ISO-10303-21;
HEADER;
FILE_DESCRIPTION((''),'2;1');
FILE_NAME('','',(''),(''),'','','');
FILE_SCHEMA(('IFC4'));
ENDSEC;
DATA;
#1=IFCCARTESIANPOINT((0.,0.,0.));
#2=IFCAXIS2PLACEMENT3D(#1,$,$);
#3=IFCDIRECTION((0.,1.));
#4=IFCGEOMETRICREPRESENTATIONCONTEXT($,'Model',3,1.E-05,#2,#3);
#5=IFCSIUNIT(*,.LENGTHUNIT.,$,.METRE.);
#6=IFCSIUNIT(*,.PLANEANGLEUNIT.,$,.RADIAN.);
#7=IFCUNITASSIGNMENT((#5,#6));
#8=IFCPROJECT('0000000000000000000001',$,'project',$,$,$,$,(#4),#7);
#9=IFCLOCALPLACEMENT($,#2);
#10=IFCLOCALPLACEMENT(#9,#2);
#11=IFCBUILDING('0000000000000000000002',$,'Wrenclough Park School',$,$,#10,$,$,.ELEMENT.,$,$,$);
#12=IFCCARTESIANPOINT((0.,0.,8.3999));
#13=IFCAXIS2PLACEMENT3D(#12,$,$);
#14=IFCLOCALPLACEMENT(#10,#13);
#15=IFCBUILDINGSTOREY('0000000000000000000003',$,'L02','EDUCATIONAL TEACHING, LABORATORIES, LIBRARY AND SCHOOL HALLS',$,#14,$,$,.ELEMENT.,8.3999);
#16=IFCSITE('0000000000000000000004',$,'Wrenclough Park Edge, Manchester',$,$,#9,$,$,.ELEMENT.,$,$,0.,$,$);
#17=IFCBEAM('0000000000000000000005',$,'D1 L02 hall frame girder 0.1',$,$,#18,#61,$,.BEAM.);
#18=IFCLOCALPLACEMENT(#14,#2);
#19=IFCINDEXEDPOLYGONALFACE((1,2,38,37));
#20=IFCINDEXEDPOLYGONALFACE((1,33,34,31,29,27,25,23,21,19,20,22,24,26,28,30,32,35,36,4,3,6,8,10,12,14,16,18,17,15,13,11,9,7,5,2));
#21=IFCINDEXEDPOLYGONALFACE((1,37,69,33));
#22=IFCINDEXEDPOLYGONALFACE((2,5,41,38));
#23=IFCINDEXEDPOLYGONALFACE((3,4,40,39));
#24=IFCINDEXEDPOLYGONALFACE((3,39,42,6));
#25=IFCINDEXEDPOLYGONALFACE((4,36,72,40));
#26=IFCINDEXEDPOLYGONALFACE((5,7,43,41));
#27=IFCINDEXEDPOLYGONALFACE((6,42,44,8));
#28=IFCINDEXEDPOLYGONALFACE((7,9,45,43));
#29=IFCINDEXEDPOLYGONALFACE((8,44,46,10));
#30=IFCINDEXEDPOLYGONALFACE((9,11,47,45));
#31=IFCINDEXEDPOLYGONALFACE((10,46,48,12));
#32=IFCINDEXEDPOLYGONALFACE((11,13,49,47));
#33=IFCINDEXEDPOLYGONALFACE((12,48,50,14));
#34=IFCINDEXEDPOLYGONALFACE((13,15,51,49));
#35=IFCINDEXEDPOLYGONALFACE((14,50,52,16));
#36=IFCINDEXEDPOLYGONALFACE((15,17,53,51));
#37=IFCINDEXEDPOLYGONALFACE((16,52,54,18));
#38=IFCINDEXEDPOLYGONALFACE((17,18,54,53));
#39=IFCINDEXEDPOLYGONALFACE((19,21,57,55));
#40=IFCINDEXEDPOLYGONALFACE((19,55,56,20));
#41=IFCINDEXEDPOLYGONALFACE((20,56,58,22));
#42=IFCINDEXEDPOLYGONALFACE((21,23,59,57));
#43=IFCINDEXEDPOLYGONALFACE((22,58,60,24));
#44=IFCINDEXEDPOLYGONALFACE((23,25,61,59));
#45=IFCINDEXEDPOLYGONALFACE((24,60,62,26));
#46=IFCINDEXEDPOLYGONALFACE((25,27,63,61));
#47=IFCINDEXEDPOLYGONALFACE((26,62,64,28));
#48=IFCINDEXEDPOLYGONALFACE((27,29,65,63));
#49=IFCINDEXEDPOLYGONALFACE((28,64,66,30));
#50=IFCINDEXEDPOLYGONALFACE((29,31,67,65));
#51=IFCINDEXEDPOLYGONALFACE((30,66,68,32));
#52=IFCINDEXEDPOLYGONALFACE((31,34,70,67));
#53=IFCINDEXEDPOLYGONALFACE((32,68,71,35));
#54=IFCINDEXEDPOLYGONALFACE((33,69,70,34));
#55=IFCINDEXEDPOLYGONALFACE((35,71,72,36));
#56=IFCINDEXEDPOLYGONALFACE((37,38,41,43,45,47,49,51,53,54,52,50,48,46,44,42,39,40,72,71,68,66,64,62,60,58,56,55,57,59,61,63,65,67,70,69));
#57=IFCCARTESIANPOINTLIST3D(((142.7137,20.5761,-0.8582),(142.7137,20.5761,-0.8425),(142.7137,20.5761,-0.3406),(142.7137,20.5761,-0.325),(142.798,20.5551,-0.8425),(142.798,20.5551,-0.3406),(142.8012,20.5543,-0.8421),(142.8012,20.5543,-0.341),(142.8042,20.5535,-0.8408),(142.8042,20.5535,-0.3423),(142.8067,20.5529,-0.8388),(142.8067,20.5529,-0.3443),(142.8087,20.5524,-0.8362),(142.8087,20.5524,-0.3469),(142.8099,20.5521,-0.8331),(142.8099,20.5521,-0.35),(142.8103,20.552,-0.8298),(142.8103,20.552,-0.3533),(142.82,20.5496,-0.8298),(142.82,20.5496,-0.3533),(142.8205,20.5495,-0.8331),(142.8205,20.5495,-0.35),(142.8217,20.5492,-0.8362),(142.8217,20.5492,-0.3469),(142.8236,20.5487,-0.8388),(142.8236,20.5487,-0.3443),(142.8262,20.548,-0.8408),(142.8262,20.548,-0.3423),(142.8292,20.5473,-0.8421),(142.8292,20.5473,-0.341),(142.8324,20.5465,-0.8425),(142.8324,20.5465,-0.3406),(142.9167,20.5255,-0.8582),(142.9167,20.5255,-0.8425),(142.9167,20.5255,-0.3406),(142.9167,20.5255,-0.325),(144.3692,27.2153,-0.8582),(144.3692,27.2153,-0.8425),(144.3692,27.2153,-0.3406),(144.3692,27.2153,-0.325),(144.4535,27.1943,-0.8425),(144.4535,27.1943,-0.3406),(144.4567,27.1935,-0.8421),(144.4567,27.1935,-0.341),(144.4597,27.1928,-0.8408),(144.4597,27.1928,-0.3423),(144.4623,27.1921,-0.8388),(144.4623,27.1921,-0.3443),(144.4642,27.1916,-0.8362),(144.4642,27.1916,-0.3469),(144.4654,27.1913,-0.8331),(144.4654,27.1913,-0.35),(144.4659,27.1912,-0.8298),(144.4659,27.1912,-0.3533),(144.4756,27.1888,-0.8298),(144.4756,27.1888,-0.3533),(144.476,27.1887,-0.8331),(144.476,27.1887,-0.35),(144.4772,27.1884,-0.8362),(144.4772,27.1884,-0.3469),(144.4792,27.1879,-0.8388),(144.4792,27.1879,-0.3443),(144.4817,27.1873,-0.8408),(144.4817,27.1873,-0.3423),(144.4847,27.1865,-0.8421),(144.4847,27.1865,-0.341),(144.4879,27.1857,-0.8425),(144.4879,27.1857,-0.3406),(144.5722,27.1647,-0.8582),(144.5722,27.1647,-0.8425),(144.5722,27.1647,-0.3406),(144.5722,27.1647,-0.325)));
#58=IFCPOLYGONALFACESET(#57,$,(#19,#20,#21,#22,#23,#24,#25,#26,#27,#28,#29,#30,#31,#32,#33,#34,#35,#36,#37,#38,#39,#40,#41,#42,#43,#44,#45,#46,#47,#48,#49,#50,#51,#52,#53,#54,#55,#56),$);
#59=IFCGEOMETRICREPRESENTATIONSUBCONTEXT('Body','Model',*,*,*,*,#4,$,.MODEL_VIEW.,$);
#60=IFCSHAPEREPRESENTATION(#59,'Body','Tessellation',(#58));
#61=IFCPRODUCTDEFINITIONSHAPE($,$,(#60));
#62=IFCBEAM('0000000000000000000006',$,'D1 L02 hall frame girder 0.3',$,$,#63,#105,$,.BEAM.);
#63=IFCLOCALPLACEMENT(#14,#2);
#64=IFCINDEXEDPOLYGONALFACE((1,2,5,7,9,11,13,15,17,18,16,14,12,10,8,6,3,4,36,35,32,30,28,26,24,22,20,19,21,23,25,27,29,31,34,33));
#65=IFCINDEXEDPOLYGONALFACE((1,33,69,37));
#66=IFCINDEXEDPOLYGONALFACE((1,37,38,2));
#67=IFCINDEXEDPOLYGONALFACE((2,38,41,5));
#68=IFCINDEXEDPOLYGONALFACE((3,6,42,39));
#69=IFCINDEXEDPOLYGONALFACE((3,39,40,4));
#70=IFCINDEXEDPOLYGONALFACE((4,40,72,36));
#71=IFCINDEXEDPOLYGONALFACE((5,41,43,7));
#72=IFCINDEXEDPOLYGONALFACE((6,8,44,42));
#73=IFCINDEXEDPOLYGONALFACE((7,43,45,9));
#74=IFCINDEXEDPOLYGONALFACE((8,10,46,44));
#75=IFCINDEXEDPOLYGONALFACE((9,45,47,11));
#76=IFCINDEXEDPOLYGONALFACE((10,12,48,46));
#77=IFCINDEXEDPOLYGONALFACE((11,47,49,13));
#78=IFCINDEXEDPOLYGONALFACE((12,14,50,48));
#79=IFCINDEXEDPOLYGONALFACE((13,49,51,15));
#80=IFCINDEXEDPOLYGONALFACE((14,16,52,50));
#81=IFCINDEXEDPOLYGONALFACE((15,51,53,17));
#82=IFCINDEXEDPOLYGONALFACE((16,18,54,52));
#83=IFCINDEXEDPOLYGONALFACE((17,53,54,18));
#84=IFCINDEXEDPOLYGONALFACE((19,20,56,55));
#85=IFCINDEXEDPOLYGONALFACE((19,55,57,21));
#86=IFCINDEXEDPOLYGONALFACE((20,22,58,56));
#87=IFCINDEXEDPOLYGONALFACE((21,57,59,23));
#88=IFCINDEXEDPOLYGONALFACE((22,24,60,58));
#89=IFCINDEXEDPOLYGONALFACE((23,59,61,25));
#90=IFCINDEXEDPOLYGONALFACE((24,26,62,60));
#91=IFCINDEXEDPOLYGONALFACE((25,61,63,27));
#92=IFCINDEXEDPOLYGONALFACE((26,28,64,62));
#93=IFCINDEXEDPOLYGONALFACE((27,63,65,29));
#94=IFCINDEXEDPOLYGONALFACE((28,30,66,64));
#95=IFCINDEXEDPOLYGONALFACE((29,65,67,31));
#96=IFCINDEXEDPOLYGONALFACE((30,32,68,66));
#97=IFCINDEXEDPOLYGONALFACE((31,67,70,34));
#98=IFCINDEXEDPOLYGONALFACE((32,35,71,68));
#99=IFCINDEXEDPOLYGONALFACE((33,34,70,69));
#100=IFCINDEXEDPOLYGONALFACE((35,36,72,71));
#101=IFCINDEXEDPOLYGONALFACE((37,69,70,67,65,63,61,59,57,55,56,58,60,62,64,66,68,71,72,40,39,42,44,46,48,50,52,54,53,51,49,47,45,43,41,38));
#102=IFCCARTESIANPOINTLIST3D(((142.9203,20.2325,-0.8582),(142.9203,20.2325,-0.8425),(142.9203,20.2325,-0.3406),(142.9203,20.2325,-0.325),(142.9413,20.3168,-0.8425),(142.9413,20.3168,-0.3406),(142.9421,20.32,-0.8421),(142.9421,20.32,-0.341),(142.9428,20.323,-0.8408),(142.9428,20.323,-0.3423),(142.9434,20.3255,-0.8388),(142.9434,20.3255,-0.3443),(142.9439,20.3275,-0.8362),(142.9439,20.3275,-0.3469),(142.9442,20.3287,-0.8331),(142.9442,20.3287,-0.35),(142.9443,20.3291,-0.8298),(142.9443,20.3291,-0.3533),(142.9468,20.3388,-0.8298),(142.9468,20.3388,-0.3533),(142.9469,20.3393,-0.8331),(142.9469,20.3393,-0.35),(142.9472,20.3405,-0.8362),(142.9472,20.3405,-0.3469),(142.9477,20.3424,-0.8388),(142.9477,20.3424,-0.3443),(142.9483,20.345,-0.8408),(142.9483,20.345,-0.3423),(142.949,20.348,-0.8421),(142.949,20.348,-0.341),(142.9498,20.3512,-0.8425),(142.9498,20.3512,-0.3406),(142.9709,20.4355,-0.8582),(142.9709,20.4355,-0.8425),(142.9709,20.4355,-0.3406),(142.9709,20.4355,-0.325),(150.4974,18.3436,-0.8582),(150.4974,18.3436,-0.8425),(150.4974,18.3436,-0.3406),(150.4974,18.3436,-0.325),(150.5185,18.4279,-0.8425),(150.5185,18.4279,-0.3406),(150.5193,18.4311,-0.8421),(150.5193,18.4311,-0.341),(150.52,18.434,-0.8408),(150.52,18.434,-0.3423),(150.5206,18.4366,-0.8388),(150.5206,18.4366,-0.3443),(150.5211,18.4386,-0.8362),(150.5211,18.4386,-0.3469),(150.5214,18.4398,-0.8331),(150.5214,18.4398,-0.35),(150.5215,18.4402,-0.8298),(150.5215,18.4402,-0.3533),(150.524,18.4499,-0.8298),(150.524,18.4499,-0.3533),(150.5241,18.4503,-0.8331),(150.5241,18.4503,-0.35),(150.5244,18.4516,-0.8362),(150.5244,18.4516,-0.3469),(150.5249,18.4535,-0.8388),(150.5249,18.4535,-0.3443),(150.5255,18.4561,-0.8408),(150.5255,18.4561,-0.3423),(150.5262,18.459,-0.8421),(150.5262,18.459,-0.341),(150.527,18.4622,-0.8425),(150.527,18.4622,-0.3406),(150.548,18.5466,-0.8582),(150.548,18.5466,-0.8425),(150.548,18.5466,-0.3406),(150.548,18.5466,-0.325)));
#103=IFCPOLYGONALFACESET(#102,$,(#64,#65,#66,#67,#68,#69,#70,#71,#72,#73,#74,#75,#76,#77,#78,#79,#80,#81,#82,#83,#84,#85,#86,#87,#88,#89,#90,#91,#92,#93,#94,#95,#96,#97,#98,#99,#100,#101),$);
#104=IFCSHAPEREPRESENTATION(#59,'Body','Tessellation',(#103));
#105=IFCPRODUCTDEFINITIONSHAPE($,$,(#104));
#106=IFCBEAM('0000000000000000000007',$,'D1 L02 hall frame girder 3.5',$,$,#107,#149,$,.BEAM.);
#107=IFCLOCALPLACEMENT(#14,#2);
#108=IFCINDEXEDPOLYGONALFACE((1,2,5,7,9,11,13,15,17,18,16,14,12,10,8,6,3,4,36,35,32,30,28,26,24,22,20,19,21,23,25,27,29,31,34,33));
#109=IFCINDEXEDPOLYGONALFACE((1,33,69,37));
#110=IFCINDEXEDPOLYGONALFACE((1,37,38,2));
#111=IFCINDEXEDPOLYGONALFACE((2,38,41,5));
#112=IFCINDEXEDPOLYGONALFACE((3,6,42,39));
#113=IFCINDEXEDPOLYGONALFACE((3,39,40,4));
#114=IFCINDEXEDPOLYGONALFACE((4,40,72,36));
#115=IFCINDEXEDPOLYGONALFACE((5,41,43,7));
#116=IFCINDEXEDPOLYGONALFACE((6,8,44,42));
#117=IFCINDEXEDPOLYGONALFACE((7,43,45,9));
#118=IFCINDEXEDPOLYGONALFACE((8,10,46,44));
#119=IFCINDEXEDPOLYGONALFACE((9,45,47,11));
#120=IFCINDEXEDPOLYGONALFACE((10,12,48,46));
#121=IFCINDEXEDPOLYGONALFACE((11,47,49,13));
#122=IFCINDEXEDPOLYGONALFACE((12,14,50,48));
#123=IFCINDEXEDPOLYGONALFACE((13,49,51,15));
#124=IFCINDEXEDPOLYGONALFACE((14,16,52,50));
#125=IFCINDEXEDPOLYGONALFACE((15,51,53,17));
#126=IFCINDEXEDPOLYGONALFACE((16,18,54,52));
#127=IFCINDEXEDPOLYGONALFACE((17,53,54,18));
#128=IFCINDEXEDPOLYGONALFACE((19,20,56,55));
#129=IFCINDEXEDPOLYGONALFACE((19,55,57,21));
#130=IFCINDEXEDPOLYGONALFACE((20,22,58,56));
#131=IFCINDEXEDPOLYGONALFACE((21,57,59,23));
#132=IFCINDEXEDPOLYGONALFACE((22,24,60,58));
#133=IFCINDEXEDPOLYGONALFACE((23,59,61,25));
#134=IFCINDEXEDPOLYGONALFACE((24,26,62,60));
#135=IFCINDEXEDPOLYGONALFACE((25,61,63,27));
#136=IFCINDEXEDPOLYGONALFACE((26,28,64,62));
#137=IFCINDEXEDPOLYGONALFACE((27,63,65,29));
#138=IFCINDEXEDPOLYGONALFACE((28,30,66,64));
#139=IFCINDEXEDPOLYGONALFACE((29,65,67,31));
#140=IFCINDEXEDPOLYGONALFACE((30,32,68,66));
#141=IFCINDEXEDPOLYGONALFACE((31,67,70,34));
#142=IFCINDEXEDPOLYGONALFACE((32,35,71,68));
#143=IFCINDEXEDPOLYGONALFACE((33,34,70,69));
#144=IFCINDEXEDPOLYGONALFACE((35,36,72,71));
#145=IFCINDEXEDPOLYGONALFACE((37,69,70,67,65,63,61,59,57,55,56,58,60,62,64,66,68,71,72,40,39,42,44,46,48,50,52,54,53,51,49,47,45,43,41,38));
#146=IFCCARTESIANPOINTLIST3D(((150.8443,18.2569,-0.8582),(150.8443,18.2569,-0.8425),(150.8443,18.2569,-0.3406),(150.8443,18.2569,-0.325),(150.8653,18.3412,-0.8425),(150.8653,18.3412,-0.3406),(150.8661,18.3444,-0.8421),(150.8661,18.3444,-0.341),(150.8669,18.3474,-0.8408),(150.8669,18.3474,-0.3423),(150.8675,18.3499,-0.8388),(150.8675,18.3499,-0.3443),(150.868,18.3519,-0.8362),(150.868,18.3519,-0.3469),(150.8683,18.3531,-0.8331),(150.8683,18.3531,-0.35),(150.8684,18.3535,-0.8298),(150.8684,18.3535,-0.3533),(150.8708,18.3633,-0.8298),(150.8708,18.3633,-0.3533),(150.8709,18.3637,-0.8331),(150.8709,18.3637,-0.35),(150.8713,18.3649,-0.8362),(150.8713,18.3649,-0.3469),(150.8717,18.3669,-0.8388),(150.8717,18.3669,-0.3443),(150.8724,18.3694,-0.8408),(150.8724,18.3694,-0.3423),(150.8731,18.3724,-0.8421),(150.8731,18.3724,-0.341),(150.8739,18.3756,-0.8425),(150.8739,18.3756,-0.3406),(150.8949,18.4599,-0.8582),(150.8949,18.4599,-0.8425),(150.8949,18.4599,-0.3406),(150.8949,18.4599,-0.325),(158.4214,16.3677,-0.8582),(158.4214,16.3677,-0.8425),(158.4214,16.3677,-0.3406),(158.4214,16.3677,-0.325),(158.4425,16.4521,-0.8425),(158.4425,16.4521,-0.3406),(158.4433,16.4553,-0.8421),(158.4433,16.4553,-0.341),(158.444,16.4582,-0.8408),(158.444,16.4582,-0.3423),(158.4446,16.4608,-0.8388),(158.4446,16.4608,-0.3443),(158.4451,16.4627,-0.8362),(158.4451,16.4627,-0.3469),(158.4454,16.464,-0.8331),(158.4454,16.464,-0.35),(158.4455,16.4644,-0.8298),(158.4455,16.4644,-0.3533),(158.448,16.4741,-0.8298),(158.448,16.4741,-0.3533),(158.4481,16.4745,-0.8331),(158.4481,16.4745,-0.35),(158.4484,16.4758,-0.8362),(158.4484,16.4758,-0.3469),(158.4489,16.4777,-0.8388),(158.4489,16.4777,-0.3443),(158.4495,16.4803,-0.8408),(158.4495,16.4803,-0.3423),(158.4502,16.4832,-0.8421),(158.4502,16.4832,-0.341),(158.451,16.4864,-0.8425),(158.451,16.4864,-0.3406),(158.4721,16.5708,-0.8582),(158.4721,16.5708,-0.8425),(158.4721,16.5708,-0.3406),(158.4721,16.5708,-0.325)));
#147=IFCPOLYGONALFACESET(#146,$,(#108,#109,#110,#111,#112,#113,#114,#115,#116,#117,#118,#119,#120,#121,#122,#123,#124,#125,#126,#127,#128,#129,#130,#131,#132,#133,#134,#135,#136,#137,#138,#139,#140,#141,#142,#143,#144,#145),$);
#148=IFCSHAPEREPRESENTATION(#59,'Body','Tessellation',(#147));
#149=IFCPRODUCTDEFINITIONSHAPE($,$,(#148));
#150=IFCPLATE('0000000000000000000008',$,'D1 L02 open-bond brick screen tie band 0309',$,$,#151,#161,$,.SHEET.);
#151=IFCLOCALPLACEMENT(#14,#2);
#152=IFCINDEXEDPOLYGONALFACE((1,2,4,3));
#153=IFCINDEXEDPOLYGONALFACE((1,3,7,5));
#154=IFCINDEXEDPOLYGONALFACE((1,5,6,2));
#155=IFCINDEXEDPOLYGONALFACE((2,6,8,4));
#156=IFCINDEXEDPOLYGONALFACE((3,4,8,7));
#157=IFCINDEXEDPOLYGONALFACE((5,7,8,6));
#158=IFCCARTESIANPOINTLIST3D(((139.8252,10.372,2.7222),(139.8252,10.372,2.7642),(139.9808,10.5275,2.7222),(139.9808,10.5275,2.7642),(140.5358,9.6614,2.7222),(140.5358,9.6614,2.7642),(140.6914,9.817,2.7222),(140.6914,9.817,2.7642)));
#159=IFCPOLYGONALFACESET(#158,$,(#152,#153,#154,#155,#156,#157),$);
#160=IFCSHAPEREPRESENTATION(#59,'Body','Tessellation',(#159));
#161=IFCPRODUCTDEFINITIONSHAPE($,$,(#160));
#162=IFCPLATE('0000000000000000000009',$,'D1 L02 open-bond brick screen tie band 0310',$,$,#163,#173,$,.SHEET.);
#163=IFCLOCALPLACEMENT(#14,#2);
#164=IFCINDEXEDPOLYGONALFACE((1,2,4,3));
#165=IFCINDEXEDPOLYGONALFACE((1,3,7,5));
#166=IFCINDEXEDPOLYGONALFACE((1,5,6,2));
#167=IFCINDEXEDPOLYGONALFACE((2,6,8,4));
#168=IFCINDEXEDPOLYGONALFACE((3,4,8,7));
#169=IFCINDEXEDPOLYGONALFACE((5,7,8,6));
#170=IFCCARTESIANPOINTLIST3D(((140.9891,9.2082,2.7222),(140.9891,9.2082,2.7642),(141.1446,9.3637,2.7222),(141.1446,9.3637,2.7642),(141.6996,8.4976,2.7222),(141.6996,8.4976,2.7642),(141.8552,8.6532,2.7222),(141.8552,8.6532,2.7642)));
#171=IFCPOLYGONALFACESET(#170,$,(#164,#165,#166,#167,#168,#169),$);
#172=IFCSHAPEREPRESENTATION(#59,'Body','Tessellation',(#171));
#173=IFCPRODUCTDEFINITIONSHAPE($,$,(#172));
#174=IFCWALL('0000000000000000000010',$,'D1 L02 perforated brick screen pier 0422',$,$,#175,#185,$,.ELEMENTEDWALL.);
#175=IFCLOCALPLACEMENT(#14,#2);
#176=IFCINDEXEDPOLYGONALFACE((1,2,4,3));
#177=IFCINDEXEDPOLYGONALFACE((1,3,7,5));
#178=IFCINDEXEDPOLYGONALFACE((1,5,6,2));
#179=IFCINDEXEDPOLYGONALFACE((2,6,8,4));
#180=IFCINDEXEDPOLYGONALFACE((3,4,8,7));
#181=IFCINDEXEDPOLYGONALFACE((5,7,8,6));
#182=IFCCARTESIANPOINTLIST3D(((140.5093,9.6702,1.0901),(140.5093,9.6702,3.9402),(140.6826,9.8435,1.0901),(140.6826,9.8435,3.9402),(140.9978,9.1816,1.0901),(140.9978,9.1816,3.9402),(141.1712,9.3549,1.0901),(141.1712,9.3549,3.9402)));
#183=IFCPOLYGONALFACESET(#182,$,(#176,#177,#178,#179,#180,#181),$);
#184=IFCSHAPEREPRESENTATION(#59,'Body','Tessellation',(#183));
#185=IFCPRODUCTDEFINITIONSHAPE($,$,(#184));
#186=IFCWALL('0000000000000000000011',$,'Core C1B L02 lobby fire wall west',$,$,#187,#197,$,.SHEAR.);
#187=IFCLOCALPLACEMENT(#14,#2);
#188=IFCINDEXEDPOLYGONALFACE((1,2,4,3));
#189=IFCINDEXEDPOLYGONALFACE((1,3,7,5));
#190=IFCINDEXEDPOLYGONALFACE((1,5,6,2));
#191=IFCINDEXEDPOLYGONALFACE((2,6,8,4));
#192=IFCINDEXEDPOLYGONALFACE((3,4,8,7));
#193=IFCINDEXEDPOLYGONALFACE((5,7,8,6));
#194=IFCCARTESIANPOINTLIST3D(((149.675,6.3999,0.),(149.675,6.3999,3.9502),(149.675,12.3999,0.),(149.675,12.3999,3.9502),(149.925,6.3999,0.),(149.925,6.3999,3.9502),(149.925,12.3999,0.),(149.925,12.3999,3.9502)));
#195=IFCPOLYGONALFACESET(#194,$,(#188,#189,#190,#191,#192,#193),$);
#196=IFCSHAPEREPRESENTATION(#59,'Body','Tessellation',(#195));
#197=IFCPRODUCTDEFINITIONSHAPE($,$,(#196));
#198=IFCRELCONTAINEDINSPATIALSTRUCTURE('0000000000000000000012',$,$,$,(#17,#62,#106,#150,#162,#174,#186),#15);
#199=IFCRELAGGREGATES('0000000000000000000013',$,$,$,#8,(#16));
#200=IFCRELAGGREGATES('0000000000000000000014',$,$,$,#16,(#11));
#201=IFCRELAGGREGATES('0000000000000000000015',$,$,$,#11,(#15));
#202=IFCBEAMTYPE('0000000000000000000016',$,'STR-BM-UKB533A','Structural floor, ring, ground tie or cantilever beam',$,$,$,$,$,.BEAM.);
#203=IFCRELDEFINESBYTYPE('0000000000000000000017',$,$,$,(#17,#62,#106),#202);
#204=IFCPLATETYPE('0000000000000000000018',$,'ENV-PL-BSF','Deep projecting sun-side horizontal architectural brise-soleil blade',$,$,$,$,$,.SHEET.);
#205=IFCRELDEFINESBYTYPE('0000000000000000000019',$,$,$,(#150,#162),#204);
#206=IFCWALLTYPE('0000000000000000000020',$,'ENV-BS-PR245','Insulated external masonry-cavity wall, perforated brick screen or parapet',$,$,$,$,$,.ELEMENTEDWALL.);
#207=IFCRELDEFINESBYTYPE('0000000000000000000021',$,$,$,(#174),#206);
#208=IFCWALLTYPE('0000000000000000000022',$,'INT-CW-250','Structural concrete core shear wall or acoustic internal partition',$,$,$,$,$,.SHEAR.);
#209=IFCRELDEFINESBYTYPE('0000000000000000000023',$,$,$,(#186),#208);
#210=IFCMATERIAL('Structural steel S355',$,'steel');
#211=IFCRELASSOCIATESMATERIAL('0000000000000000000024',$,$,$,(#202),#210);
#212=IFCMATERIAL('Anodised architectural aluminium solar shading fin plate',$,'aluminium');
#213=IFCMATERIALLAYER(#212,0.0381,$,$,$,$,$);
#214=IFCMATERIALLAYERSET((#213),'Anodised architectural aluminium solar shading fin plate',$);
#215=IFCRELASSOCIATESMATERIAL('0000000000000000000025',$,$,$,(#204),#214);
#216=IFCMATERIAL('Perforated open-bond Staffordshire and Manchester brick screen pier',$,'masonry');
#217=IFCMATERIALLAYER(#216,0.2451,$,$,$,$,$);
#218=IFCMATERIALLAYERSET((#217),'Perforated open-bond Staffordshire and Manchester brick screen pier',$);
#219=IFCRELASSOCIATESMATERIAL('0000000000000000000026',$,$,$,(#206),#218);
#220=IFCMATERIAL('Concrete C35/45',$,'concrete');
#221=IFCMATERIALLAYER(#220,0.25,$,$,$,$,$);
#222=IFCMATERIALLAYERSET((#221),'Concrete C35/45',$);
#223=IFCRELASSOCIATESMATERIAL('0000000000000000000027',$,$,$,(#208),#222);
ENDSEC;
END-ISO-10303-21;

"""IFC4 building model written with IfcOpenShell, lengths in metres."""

from ifc_helpers import new_model, si_unit, direction, frame, frame_2d, origin, origin_2d, place, context, subcontext, project, spatial, rectangle, i_section, extrude, material, layer, layer_set, material_profile, profile_set, type_object, element, save


model = new_model("IFC4")

# Units and contexts
model_context = context("Model", 3, precision=1e-05, world=origin(), true_north=direction((0.0, 1.0)))
body_context = subcontext(model_context, "Body", "Model", "MODEL_VIEW")
ifc_project = project(units=[si_unit("LENGTHUNIT", "METRE"), si_unit("PLANEANGLEUNIT", "RADIAN")], contexts=[model_context])

# Site, building, storey
site_placement = place(None, origin())
site = spatial("IfcSite", under=ifc_project, at=site_placement, Name="Wrenclough Park Edge, Manchester", CompositionType="ELEMENT", RefElevation=0.0)
building_placement = place(site_placement, origin())
building = spatial("IfcBuilding", under=site, at=building_placement, Name="Wrenclough Park School", CompositionType="ELEMENT")
storey_placement = place(building_placement, frame((0.0, 0.0, 8.3999)))
storey = spatial("IfcBuildingStorey", under=building, at=storey_placement, Name="L02", Description="EDUCATIONAL TEACHING, LABORATORIES, LIBRARY AND SCHOOL HALLS", CompositionType="ELEMENT", Elevation=8.3999)

# Shared definitions
ifc_material_1 = material(Name="Structural steel S355", Category="steel")

# Beams
ifc_material_profile_1 = material_profile(ifc_material_1, i_section(OverallWidth=0.2092, OverallDepth=0.5332, WebThickness=0.01, FlangeThickness=0.0156, FilletRadius=0.0127, at=origin_2d()), Name="UKB 533x210x92")
ifc_profile_set_1 = profile_set([ifc_material_profile_1], Name="Structural steel S355")
beam_type_1 = type_object("IfcBeamType", Name="STR-BM-UKB533A", Description="Structural floor, ring, ground tie or cantilever beam", PredefinedType="BEAM", material=ifc_profile_set_1)
beam_1_placement = place(storey_placement, frame((142.8152, 20.5508, -0.5916), z_axis=(0.241948, 0.970289, 0.0), x_axis=(-0.970289, 0.241948, 0.0)))
element("IfcBeam", 1, at=beam_1_placement, inside=storey, type_object=beam_type_1, Name="D1 L02 hall frame girder 0.1", PredefinedType="BEAM", context=body_context, shape_type="SweptSolid", body=[
    extrude(i_section(OverallWidth=0.2092, OverallDepth=0.5332, WebThickness=0.01, FlangeThickness=0.0156, FilletRadius=0.0127, at=origin_2d()), origin(), (0.0, 0.0, 1.0), 6.8425),
])
for number, where, z_axis, x_axis, name in (
    (2, (142.9456, 20.334, -0.5916), (0.970304, -0.241888, 0.0), (0.241888, 0.970304, 0.0), "D1 L02 hall frame girder 0.3"),
    (3, (150.8696, 18.3584, -0.5916), (0.970297, -0.241918, 0.0), (0.241918, 0.970297, 0.0), "D1 L02 hall frame girder 3.5"),
):
    element("IfcBeam", number, at=place(storey_placement, frame(where, z_axis=z_axis, x_axis=x_axis)), inside=storey, type_object=beam_type_1, Name=name, PredefinedType="BEAM", context=body_context, shape_type="SweptSolid", body=[
        extrude(i_section(OverallWidth=0.2092, OverallDepth=0.5332, WebThickness=0.01, FlangeThickness=0.0156, FilletRadius=0.0127, at=origin_2d()), origin(), (0.0, 0.0, 1.0), 7.8091),
    ])

# Plates
ifc_material_2 = material(Name="Anodised architectural aluminium solar shading fin plate", Category="aluminium")
ifc_layer_1 = layer(ifc_material_2, 0.0381)
ifc_layer_set_1 = layer_set([ifc_layer_1], Name="Anodised architectural aluminium solar shading fin plate")
plate_type = type_object("IfcPlateType", Name="ENV-PL-BSF", Description="Deep projecting sun-side horizontal architectural brise-soleil blade", PredefinedType="SHEET", material=ifc_layer_set_1)
for number, where, z_axis, x_axis, name in (
    (4, (140.2583, 10.0945, 2.7222), (0.0, 0.0, 1.0), (0.707107, -0.707107, 0.0), "D1 L02 open-bond brick screen tie band 0309"),
    (5, (141.4221, 8.9307, 2.7222), (0.0, 0.0, 1.0), (0.707107, -0.707107, 0.0), "D1 L02 open-bond brick screen tie band 0310"),
):
    element("IfcPlate", number, at=place(storey_placement, frame(where, z_axis=z_axis, x_axis=x_axis)), inside=storey, type_object=plate_type, Name=name, PredefinedType="SHEET", context=body_context, shape_type="SweptSolid", body=[
        extrude(rectangle(XDim=1.0049, YDim=0.22, at=origin_2d()), origin(), (0.0, 0.0, 1.0), 0.042),
    ])

# Wall
ifc_material_3 = material(Name="Perforated open-bond Staffordshire and Manchester brick screen pier", Category="masonry")
ifc_layer_2 = layer(ifc_material_3, 0.2451)
ifc_layer_set_2 = layer_set([ifc_layer_2], Name="Perforated open-bond Staffordshire and Manchester brick screen pier")
wall_type_1 = type_object("IfcWallType", Name="ENV-BS-PR245", Description="Insulated external masonry-cavity wall, perforated brick screen or parapet", PredefinedType="ELEMENTEDWALL", material=ifc_layer_set_2)
wall_1_placement = place(storey_placement, frame((140.5959, 9.7568, 1.0901), z_axis=(0.0, 0.0, 1.0), x_axis=(0.707107, -0.707107, 0.0)))
element("IfcWall", 6, at=wall_1_placement, inside=storey, type_object=wall_type_1, Name="D1 L02 perforated brick screen pier 0422", PredefinedType="ELEMENTEDWALL", context=body_context, shape_type="SweptSolid", body=[
    extrude(rectangle(XDim=0.6909, YDim=0.2451, at=frame_2d((0.3455, 0.0))), origin(), (0.0, 0.0, 1.0), 2.8501),
])

# Shared definitions
ifc_material_4 = material(Name="Concrete C35/45", Category="concrete")
ifc_layer_3 = layer(ifc_material_4, 0.25)
ifc_layer_set_3 = layer_set([ifc_layer_3], Name="Concrete C35/45")
wall_type_2 = type_object("IfcWallType", Name="INT-CW-250", Description="Structural concrete core shear wall or acoustic internal partition", PredefinedType="SHEAR", material=ifc_layer_set_3)

# Wall
wall_2_placement = place(storey_placement, frame((149.8, 12.3999, 0.0), z_axis=(0.0, 0.0, 1.0), x_axis=(0.0, -1.0, 0.0)))
element("IfcWall", 7, at=wall_2_placement, inside=storey, type_object=wall_type_2, Name="Core C1B L02 lobby fire wall west", PredefinedType="SHEAR", context=body_context, shape_type="SweptSolid", body=[
    extrude(rectangle(XDim=6.0, YDim=0.25, at=frame_2d((3.0, 0.0))), origin(), (0.0, 0.0, 1.0), 3.9502),
])

save(model, "model.ifc")
